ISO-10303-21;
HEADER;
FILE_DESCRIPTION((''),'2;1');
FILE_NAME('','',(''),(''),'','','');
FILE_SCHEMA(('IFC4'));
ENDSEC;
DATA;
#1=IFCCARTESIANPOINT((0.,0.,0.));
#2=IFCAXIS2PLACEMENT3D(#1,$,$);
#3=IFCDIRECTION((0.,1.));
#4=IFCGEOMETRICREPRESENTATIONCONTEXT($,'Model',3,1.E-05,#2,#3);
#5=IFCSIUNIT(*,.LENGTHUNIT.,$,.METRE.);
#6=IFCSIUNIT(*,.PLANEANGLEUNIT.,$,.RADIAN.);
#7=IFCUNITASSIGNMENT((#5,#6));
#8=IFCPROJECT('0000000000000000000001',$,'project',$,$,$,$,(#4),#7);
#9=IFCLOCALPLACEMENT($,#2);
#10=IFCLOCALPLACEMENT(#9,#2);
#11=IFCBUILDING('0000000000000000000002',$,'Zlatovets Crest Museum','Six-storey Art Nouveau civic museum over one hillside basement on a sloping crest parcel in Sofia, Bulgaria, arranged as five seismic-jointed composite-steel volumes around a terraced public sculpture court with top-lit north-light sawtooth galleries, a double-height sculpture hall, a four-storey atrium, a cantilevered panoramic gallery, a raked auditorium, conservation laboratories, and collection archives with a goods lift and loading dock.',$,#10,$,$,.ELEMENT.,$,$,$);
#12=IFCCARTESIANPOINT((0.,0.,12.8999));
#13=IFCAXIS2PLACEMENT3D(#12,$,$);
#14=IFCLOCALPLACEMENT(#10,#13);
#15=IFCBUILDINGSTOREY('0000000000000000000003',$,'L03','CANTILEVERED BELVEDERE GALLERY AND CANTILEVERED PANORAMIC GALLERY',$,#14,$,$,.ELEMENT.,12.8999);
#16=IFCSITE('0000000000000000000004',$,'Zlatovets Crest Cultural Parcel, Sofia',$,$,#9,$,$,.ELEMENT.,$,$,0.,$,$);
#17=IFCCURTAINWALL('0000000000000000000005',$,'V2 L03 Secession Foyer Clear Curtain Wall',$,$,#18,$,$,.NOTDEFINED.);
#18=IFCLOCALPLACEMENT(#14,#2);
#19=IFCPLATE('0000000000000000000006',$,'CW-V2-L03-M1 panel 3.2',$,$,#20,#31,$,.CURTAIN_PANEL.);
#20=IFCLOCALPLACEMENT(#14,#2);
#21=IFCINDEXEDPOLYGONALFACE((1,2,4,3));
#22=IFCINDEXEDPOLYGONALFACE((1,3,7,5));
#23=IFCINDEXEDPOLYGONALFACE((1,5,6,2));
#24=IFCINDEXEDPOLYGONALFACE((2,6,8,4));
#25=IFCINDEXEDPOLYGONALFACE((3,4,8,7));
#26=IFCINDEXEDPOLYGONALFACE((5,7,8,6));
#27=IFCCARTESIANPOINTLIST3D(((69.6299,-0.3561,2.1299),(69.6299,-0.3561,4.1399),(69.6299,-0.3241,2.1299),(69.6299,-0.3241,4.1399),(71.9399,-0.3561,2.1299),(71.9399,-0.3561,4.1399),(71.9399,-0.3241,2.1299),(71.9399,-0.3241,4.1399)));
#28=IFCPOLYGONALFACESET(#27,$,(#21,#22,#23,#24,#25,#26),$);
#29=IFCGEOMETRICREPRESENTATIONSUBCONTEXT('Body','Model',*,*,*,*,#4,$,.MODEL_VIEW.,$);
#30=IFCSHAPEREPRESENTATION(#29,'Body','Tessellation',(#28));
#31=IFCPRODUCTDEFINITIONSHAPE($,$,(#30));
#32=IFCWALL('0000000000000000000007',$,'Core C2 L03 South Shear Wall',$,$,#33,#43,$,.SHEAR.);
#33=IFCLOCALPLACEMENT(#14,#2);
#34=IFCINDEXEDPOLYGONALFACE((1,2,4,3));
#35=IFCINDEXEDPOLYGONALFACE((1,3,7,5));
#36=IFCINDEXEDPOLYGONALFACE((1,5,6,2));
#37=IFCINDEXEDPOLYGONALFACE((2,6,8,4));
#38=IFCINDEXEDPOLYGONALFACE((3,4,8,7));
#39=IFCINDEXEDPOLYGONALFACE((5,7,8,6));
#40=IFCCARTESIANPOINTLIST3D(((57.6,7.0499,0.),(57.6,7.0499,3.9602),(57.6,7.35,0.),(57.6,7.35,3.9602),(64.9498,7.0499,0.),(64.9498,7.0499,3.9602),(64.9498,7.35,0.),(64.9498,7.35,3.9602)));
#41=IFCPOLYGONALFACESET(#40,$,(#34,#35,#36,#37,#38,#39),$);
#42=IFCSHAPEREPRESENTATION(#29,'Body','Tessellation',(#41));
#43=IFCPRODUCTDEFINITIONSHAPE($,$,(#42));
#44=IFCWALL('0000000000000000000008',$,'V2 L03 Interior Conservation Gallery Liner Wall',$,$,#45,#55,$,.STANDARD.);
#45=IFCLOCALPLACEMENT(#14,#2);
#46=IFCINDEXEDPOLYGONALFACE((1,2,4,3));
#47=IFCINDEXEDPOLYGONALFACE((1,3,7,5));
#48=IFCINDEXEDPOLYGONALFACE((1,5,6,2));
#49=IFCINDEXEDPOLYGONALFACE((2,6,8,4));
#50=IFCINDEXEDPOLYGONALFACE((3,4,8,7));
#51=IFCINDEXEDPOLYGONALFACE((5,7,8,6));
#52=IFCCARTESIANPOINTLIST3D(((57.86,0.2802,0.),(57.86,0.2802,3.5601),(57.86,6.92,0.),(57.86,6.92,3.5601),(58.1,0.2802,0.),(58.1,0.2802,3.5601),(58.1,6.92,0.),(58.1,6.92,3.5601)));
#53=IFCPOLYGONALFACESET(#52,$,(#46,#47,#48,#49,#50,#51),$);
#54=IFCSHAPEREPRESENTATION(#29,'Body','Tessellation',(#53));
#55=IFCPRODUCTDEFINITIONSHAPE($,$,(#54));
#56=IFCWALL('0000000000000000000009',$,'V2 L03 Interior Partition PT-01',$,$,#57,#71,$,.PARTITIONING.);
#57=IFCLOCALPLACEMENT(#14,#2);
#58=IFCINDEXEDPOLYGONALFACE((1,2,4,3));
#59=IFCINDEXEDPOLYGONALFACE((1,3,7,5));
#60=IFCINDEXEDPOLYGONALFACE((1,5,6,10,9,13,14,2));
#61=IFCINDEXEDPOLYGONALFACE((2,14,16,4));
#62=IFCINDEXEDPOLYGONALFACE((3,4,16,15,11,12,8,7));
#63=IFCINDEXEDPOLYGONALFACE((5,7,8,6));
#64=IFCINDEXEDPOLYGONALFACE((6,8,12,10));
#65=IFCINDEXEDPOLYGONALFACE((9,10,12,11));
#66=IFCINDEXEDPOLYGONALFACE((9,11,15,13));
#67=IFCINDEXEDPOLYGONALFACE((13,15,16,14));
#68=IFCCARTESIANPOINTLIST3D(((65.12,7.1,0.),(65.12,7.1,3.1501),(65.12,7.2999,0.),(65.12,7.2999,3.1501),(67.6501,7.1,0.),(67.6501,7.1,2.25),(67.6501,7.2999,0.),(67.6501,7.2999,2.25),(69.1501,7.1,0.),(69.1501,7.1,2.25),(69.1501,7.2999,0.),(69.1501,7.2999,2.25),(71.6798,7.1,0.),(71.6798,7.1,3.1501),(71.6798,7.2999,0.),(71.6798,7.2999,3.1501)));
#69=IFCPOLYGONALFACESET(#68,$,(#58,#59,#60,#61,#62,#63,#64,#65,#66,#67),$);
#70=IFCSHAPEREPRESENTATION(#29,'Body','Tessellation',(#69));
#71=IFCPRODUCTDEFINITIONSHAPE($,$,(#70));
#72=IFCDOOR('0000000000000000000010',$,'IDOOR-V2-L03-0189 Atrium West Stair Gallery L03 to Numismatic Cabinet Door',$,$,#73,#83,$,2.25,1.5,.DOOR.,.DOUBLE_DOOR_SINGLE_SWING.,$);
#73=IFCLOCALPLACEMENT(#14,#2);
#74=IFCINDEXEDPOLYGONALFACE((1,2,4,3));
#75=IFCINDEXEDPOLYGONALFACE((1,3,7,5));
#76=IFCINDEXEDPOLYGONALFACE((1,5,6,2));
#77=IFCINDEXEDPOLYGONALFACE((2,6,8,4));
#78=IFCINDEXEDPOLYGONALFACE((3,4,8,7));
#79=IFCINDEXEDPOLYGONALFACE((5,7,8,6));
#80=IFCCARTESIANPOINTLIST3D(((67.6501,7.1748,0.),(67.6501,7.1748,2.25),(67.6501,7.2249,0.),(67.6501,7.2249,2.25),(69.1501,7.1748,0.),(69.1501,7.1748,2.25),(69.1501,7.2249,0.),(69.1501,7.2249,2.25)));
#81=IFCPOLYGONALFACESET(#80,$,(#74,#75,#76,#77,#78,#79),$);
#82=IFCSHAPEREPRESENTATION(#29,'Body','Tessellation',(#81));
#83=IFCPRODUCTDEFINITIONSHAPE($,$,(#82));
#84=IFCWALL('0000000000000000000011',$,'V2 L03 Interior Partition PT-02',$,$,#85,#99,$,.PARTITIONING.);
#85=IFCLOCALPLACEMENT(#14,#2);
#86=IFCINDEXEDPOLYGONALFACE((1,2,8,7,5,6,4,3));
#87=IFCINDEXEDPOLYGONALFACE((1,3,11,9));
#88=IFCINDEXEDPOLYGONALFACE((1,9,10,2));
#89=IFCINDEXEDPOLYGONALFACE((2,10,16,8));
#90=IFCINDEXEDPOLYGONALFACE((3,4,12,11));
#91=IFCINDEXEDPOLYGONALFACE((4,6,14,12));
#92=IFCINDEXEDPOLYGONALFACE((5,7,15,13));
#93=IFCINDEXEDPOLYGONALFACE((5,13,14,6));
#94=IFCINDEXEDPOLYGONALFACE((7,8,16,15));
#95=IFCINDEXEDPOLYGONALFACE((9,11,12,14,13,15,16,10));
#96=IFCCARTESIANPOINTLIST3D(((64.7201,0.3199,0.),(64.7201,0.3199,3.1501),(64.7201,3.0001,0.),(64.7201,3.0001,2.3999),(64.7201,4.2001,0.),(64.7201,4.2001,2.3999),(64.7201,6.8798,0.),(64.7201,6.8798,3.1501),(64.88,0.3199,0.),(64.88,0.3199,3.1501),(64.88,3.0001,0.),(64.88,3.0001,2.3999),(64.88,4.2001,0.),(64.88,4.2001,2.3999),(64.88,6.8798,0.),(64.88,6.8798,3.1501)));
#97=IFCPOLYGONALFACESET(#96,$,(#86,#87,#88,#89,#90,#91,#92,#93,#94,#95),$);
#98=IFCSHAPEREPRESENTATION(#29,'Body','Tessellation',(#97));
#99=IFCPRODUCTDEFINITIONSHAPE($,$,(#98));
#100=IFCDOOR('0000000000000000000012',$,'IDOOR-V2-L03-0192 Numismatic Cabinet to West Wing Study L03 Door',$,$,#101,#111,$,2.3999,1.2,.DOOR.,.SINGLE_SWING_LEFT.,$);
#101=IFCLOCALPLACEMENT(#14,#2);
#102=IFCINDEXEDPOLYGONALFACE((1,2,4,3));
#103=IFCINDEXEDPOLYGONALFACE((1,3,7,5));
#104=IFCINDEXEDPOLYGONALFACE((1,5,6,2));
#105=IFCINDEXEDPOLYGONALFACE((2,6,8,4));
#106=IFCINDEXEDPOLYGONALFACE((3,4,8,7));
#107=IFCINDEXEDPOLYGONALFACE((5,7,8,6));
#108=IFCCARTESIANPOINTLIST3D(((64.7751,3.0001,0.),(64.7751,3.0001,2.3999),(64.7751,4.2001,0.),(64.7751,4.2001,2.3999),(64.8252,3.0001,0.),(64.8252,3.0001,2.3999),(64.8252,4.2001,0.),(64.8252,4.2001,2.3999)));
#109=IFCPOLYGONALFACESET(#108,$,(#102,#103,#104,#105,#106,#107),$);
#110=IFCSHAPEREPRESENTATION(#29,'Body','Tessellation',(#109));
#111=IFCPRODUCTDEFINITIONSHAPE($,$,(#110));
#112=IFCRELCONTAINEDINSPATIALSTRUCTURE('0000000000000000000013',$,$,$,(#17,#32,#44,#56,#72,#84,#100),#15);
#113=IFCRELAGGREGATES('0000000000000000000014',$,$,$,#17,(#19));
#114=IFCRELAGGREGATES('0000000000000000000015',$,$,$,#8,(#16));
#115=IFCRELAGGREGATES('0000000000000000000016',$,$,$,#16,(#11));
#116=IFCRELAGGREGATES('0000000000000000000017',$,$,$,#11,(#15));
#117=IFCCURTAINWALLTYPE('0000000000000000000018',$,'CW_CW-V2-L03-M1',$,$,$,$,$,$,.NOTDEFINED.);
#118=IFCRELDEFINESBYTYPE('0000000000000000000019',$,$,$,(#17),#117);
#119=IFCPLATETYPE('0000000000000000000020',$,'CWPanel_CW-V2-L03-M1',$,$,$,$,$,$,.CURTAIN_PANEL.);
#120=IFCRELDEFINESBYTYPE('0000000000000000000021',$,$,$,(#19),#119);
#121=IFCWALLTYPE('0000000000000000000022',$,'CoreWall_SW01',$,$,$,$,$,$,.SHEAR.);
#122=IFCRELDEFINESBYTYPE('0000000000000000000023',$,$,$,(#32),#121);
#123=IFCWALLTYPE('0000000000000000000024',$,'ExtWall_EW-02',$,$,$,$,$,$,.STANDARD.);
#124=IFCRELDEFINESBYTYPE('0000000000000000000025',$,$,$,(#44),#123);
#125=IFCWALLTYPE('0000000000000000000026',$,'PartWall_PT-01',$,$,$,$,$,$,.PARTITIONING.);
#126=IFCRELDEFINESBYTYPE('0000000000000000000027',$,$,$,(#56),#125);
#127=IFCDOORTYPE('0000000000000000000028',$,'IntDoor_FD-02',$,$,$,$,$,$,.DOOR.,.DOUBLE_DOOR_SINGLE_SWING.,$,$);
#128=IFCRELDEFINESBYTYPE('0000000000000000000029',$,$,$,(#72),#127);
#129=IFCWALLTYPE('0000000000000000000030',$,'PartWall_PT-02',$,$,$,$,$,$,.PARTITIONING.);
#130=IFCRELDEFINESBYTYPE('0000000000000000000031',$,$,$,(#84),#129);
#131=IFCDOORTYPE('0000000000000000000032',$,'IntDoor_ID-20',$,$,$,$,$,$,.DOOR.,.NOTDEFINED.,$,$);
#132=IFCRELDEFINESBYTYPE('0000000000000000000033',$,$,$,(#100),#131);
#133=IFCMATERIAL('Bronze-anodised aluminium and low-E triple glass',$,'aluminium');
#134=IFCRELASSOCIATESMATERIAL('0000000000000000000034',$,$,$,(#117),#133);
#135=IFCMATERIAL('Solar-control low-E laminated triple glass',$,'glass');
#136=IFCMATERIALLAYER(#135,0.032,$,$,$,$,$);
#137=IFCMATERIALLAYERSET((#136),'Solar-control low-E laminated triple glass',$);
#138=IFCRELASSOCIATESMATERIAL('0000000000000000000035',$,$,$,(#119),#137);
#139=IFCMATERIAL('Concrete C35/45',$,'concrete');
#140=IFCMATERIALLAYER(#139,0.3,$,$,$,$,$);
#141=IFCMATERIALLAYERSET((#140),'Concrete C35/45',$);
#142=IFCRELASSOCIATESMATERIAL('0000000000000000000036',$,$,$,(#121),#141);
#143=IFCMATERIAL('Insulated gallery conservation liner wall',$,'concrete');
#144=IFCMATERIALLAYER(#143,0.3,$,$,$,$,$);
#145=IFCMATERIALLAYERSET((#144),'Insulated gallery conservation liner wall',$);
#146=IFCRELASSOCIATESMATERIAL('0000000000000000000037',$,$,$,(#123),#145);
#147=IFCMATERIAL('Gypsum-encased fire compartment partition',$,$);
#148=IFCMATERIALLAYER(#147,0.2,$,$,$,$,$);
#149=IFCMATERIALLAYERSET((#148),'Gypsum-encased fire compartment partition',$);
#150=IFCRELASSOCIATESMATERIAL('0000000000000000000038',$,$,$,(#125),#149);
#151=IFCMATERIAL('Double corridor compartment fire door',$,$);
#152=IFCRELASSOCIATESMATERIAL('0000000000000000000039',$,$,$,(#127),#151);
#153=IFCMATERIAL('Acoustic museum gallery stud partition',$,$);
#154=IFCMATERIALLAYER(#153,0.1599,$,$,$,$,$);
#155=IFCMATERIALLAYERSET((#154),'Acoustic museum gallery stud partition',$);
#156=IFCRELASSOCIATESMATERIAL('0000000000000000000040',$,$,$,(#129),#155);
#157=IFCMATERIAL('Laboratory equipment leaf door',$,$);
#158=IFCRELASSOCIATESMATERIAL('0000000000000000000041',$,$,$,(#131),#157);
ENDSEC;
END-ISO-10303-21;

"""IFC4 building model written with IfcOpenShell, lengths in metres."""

from ifc_helpers import new_model, si_unit, direction, frame, frame_2d, origin, origin_2d, place, context, subcontext, project, spatial, rectangle, extrude, material, layer, layer_set, type_object, element, fill, aggregate, save


model = new_model("IFC4")

# Units and contexts
model_context = context("Model", 3, precision=1e-05, world=origin(), true_north=direction((0.0, 1.0)))
body_context = subcontext(model_context, "Body", "Model", "MODEL_VIEW")
ifc_project = project(units=[si_unit("LENGTHUNIT", "METRE"), si_unit("PLANEANGLEUNIT", "RADIAN")], contexts=[model_context])

# Site, building, storey
site_placement = place(None, origin())
site = spatial("IfcSite", under=ifc_project, at=site_placement, Name="Zlatovets Crest Cultural Parcel, Sofia", CompositionType="ELEMENT", RefElevation=0.0)
building_placement = place(site_placement, origin())
building = spatial("IfcBuilding", under=site, at=building_placement, Name="Zlatovets Crest Museum", Description="Six-storey Art Nouveau civic museum over one hillside basement on a sloping crest parcel in Sofia, Bulgaria, arranged as five seismic-jointed composite-steel volumes around a terraced public sculpture court with top-lit north-light sawtooth galleries, a double-height sculpture hall, a four-storey atrium, a cantilevered panoramic gallery, a raked auditorium, conservation laboratories, and collection archives with a goods lift and loading dock.", CompositionType="ELEMENT")
storey_placement = place(building_placement, frame((0.0, 0.0, 12.8999)))
storey = spatial("IfcBuildingStorey", under=building, at=storey_placement, Name="L03", Description="CANTILEVERED BELVEDERE GALLERY AND CANTILEVERED PANORAMIC GALLERY", CompositionType="ELEMENT", Elevation=12.8999)

# Curtain wall, plate
ifc_material_1 = material(Name="Bronze-anodised aluminium and low-E triple glass", Category="aluminium")
curtain_wall_type = type_object("IfcCurtainWallType", Name="CW_CW-V2-L03-M1", PredefinedType="NOTDEFINED", material=ifc_material_1)
curtain_wall_placement = place(storey_placement, origin())
curtain_wall = element("IfcCurtainWall", 1, at=curtain_wall_placement, inside=storey, type_object=curtain_wall_type, Name="V2 L03 Secession Foyer Clear Curtain Wall", PredefinedType="NOTDEFINED")
ifc_material_2 = material(Name="Solar-control low-E laminated triple glass", Category="glass")
ifc_layer_1 = layer(ifc_material_2, 0.032)
ifc_layer_set_1 = layer_set([ifc_layer_1], Name="Solar-control low-E laminated triple glass")
plate_type = type_object("IfcPlateType", Name="CWPanel_CW-V2-L03-M1", PredefinedType="CURTAIN_PANEL", material=ifc_layer_set_1)
plate_1_placement = place(storey_placement, frame((70.7849, -0.3401, 2.1299), z_axis=(0.0, 0.0, 1.0), x_axis=(1.0, 0.0, 0.0)))
plate_1 = element("IfcPlate", 2, at=plate_1_placement, type_object=plate_type, Name="CW-V2-L03-M1 panel 3.2", PredefinedType="CURTAIN_PANEL", context=body_context, shape_type="SweptSolid", body=[
    extrude(rectangle(XDim=2.3101, YDim=0.032, at=origin_2d()), origin(), (0.0, 0.0, 1.0), 2.01),
])
aggregate(curtain_wall, [plate_1])

# Walls
ifc_material_3 = material(Name="Concrete C35/45", Category="concrete")
ifc_layer_2 = layer(ifc_material_3, 0.3)
ifc_layer_set_2 = layer_set([ifc_layer_2], Name="Concrete C35/45")
wall_type_1 = type_object("IfcWallType", Name="CoreWall_SW01", PredefinedType="SHEAR", material=ifc_layer_set_2)
wall_1_placement = place(storey_placement, frame((57.6001, 7.2, 0.0), z_axis=(0.0, 0.0, 1.0), x_axis=(1.0, 0.0, 0.0)))
element("IfcWall", 3, at=wall_1_placement, inside=storey, type_object=wall_type_1, Name="Core C2 L03 South Shear Wall", PredefinedType="SHEAR", context=body_context, shape_type="SweptSolid", body=[
    extrude(rectangle(XDim=7.3499, YDim=0.3, at=frame_2d((3.6748, 0.0))), origin(), (0.0, 0.0, 1.0), 3.9602),
])
ifc_material_4 = material(Name="Insulated gallery conservation liner wall", Category="concrete")
ifc_layer_3 = layer(ifc_material_4, 0.3)
ifc_layer_set_3 = layer_set([ifc_layer_3], Name="Insulated gallery conservation liner wall")
wall_type_2 = type_object("IfcWallType", Name="ExtWall_EW-02", PredefinedType="STANDARD", material=ifc_layer_set_3)
wall_2_placement = place(storey_placement, frame((57.98, 6.9199, 0.0), z_axis=(0.0, 0.0, 1.0), x_axis=(0.0, -1.0, 0.0)))
element("IfcWall", 4, at=wall_2_placement, inside=storey, type_object=wall_type_2, Name="V2 L03 Interior Conservation Gallery Liner Wall", PredefinedType="STANDARD", context=body_context, shape_type="SweptSolid", body=[
    extrude(rectangle(XDim=6.6399, YDim=0.24, at=frame_2d((3.3198, 0.0))), origin(), (0.0, 0.0, 1.0), 3.5601),
])

# Walls, openings, doors
ifc_material_5 = material(Name="Gypsum-encased fire compartment partition")
ifc_layer_4 = layer(ifc_material_5, 0.2)
ifc_layer_set_4 = layer_set([ifc_layer_4], Name="Gypsum-encased fire compartment partition")
wall_type_3 = type_object("IfcWallType", Name="PartWall_PT-01", PredefinedType="PARTITIONING", material=ifc_layer_set_4)
wall_3_placement = place(storey_placement, frame((65.1201, 7.2, 0.0), z_axis=(0.0, 0.0, 1.0), x_axis=(1.0, 0.0, 0.0)))
wall_3 = element("IfcWall", 5, at=wall_3_placement, inside=storey, type_object=wall_type_3, Name="V2 L03 Interior Partition PT-01", PredefinedType="PARTITIONING", context=body_context, shape_type="SweptSolid", body=[
    extrude(rectangle(XDim=6.5598, YDim=0.2, at=frame_2d((3.2798, 0.0))), origin(), (0.0, 0.0, 1.0), 3.1501),
])
opening_1_placement = place(wall_3_placement, frame((2.53, 0.0, 0.0)))
opening_1 = element("IfcOpeningElement", 6, at=opening_1_placement, cuts=wall_3, PredefinedType="OPENING", context=body_context, shape_type="SweptSolid", body=[
    extrude(rectangle(XDim=1.5, YDim=2.25, at=frame_2d((0.75, 1.125))), frame((0.0, 0.1099, 0.0), z_axis=(0.0, -1.0, 0.0), x_axis=(1.0, 0.0, 0.0)), (0.0, 0.0, 1.0), 0.22),
])
ifc_material_6 = material(Name="Double corridor compartment fire door")
door_type_1 = type_object("IfcDoorType", Name="IntDoor_FD-02", OperationType="DOUBLE_DOOR_SINGLE_SWING", PredefinedType="DOOR", material=ifc_material_6)
door_1_placement = place(opening_1_placement, origin())
door_1 = element("IfcDoor", 7, at=door_1_placement, inside=storey, type_object=door_type_1, Name="IDOOR-V2-L03-0189 Atrium West Stair Gallery L03 to Numismatic Cabinet Door", OperationType="DOUBLE_DOOR_SINGLE_SWING", OverallHeight=2.25, OverallWidth=1.5, PredefinedType="DOOR", context=body_context, shape_type="SweptSolid", body=[
    extrude(rectangle(XDim=1.5, YDim=2.25, at=frame_2d((0.75, 1.125))), frame((0.0, 0.0249, 0.0), z_axis=(0.0, -1.0, 0.0), x_axis=(1.0, 0.0, 0.0)), (0.0, 0.0, 1.0), 0.05),
])
fill(opening_1, door_1)
ifc_material_7 = material(Name="Acoustic museum gallery stud partition")
ifc_layer_5 = layer(ifc_material_7, 0.1599)
ifc_layer_set_5 = layer_set([ifc_layer_5], Name="Acoustic museum gallery stud partition")
wall_type_4 = type_object("IfcWallType", Name="PartWall_PT-02", PredefinedType="PARTITIONING", material=ifc_layer_set_5)
wall_4_placement = place(storey_placement, frame((64.8, 0.3201, 0.0), z_axis=(0.0, 0.0, 1.0), x_axis=(0.0, 1.0, 0.0)))
wall_4 = element("IfcWall", 8, at=wall_4_placement, inside=storey, type_object=wall_type_4, Name="V2 L03 Interior Partition PT-02", PredefinedType="PARTITIONING", context=body_context, shape_type="SweptSolid", body=[
    extrude(rectangle(XDim=6.5598, YDim=0.1599, at=frame_2d((3.2798, 0.0))), origin(), (0.0, 0.0, 1.0), 3.1501),
])
opening_2_placement = place(wall_4_placement, frame((2.6799, 0.0, 0.0)))
opening_2 = element("IfcOpeningElement", 9, at=opening_2_placement, cuts=wall_4, PredefinedType="OPENING", context=body_context, shape_type="SweptSolid", body=[
    extrude(rectangle(XDim=1.2, YDim=2.3999, at=frame_2d((0.6001, 1.2))), frame((0.0, 0.0898, 0.0), z_axis=(0.0, -1.0, 0.0), x_axis=(1.0, 0.0, 0.0)), (0.0, 0.0, 1.0), 0.1799),
])
ifc_material_8 = material(Name="Laboratory equipment leaf door")
door_type_2 = type_object("IfcDoorType", Name="IntDoor_ID-20", OperationType="NOTDEFINED", PredefinedType="DOOR", material=ifc_material_8)
door_2_placement = place(opening_2_placement, origin())
door_2 = element("IfcDoor", 10, at=door_2_placement, inside=storey, type_object=door_type_2, Name="IDOOR-V2-L03-0192 Numismatic Cabinet to West Wing Study L03 Door", OperationType="SINGLE_SWING_LEFT", OverallHeight=2.3999, OverallWidth=1.2, PredefinedType="DOOR", context=body_context, shape_type="SweptSolid", body=[
    extrude(rectangle(XDim=1.2, YDim=2.3999, at=frame_2d((0.6001, 1.2))), frame((0.0, 0.0249, 0.0), z_axis=(0.0, -1.0, 0.0), x_axis=(1.0, 0.0, 0.0)), (0.0, 0.0, 1.0), 0.05),
])
fill(opening_2, door_2)

save(model, "model.ifc")
